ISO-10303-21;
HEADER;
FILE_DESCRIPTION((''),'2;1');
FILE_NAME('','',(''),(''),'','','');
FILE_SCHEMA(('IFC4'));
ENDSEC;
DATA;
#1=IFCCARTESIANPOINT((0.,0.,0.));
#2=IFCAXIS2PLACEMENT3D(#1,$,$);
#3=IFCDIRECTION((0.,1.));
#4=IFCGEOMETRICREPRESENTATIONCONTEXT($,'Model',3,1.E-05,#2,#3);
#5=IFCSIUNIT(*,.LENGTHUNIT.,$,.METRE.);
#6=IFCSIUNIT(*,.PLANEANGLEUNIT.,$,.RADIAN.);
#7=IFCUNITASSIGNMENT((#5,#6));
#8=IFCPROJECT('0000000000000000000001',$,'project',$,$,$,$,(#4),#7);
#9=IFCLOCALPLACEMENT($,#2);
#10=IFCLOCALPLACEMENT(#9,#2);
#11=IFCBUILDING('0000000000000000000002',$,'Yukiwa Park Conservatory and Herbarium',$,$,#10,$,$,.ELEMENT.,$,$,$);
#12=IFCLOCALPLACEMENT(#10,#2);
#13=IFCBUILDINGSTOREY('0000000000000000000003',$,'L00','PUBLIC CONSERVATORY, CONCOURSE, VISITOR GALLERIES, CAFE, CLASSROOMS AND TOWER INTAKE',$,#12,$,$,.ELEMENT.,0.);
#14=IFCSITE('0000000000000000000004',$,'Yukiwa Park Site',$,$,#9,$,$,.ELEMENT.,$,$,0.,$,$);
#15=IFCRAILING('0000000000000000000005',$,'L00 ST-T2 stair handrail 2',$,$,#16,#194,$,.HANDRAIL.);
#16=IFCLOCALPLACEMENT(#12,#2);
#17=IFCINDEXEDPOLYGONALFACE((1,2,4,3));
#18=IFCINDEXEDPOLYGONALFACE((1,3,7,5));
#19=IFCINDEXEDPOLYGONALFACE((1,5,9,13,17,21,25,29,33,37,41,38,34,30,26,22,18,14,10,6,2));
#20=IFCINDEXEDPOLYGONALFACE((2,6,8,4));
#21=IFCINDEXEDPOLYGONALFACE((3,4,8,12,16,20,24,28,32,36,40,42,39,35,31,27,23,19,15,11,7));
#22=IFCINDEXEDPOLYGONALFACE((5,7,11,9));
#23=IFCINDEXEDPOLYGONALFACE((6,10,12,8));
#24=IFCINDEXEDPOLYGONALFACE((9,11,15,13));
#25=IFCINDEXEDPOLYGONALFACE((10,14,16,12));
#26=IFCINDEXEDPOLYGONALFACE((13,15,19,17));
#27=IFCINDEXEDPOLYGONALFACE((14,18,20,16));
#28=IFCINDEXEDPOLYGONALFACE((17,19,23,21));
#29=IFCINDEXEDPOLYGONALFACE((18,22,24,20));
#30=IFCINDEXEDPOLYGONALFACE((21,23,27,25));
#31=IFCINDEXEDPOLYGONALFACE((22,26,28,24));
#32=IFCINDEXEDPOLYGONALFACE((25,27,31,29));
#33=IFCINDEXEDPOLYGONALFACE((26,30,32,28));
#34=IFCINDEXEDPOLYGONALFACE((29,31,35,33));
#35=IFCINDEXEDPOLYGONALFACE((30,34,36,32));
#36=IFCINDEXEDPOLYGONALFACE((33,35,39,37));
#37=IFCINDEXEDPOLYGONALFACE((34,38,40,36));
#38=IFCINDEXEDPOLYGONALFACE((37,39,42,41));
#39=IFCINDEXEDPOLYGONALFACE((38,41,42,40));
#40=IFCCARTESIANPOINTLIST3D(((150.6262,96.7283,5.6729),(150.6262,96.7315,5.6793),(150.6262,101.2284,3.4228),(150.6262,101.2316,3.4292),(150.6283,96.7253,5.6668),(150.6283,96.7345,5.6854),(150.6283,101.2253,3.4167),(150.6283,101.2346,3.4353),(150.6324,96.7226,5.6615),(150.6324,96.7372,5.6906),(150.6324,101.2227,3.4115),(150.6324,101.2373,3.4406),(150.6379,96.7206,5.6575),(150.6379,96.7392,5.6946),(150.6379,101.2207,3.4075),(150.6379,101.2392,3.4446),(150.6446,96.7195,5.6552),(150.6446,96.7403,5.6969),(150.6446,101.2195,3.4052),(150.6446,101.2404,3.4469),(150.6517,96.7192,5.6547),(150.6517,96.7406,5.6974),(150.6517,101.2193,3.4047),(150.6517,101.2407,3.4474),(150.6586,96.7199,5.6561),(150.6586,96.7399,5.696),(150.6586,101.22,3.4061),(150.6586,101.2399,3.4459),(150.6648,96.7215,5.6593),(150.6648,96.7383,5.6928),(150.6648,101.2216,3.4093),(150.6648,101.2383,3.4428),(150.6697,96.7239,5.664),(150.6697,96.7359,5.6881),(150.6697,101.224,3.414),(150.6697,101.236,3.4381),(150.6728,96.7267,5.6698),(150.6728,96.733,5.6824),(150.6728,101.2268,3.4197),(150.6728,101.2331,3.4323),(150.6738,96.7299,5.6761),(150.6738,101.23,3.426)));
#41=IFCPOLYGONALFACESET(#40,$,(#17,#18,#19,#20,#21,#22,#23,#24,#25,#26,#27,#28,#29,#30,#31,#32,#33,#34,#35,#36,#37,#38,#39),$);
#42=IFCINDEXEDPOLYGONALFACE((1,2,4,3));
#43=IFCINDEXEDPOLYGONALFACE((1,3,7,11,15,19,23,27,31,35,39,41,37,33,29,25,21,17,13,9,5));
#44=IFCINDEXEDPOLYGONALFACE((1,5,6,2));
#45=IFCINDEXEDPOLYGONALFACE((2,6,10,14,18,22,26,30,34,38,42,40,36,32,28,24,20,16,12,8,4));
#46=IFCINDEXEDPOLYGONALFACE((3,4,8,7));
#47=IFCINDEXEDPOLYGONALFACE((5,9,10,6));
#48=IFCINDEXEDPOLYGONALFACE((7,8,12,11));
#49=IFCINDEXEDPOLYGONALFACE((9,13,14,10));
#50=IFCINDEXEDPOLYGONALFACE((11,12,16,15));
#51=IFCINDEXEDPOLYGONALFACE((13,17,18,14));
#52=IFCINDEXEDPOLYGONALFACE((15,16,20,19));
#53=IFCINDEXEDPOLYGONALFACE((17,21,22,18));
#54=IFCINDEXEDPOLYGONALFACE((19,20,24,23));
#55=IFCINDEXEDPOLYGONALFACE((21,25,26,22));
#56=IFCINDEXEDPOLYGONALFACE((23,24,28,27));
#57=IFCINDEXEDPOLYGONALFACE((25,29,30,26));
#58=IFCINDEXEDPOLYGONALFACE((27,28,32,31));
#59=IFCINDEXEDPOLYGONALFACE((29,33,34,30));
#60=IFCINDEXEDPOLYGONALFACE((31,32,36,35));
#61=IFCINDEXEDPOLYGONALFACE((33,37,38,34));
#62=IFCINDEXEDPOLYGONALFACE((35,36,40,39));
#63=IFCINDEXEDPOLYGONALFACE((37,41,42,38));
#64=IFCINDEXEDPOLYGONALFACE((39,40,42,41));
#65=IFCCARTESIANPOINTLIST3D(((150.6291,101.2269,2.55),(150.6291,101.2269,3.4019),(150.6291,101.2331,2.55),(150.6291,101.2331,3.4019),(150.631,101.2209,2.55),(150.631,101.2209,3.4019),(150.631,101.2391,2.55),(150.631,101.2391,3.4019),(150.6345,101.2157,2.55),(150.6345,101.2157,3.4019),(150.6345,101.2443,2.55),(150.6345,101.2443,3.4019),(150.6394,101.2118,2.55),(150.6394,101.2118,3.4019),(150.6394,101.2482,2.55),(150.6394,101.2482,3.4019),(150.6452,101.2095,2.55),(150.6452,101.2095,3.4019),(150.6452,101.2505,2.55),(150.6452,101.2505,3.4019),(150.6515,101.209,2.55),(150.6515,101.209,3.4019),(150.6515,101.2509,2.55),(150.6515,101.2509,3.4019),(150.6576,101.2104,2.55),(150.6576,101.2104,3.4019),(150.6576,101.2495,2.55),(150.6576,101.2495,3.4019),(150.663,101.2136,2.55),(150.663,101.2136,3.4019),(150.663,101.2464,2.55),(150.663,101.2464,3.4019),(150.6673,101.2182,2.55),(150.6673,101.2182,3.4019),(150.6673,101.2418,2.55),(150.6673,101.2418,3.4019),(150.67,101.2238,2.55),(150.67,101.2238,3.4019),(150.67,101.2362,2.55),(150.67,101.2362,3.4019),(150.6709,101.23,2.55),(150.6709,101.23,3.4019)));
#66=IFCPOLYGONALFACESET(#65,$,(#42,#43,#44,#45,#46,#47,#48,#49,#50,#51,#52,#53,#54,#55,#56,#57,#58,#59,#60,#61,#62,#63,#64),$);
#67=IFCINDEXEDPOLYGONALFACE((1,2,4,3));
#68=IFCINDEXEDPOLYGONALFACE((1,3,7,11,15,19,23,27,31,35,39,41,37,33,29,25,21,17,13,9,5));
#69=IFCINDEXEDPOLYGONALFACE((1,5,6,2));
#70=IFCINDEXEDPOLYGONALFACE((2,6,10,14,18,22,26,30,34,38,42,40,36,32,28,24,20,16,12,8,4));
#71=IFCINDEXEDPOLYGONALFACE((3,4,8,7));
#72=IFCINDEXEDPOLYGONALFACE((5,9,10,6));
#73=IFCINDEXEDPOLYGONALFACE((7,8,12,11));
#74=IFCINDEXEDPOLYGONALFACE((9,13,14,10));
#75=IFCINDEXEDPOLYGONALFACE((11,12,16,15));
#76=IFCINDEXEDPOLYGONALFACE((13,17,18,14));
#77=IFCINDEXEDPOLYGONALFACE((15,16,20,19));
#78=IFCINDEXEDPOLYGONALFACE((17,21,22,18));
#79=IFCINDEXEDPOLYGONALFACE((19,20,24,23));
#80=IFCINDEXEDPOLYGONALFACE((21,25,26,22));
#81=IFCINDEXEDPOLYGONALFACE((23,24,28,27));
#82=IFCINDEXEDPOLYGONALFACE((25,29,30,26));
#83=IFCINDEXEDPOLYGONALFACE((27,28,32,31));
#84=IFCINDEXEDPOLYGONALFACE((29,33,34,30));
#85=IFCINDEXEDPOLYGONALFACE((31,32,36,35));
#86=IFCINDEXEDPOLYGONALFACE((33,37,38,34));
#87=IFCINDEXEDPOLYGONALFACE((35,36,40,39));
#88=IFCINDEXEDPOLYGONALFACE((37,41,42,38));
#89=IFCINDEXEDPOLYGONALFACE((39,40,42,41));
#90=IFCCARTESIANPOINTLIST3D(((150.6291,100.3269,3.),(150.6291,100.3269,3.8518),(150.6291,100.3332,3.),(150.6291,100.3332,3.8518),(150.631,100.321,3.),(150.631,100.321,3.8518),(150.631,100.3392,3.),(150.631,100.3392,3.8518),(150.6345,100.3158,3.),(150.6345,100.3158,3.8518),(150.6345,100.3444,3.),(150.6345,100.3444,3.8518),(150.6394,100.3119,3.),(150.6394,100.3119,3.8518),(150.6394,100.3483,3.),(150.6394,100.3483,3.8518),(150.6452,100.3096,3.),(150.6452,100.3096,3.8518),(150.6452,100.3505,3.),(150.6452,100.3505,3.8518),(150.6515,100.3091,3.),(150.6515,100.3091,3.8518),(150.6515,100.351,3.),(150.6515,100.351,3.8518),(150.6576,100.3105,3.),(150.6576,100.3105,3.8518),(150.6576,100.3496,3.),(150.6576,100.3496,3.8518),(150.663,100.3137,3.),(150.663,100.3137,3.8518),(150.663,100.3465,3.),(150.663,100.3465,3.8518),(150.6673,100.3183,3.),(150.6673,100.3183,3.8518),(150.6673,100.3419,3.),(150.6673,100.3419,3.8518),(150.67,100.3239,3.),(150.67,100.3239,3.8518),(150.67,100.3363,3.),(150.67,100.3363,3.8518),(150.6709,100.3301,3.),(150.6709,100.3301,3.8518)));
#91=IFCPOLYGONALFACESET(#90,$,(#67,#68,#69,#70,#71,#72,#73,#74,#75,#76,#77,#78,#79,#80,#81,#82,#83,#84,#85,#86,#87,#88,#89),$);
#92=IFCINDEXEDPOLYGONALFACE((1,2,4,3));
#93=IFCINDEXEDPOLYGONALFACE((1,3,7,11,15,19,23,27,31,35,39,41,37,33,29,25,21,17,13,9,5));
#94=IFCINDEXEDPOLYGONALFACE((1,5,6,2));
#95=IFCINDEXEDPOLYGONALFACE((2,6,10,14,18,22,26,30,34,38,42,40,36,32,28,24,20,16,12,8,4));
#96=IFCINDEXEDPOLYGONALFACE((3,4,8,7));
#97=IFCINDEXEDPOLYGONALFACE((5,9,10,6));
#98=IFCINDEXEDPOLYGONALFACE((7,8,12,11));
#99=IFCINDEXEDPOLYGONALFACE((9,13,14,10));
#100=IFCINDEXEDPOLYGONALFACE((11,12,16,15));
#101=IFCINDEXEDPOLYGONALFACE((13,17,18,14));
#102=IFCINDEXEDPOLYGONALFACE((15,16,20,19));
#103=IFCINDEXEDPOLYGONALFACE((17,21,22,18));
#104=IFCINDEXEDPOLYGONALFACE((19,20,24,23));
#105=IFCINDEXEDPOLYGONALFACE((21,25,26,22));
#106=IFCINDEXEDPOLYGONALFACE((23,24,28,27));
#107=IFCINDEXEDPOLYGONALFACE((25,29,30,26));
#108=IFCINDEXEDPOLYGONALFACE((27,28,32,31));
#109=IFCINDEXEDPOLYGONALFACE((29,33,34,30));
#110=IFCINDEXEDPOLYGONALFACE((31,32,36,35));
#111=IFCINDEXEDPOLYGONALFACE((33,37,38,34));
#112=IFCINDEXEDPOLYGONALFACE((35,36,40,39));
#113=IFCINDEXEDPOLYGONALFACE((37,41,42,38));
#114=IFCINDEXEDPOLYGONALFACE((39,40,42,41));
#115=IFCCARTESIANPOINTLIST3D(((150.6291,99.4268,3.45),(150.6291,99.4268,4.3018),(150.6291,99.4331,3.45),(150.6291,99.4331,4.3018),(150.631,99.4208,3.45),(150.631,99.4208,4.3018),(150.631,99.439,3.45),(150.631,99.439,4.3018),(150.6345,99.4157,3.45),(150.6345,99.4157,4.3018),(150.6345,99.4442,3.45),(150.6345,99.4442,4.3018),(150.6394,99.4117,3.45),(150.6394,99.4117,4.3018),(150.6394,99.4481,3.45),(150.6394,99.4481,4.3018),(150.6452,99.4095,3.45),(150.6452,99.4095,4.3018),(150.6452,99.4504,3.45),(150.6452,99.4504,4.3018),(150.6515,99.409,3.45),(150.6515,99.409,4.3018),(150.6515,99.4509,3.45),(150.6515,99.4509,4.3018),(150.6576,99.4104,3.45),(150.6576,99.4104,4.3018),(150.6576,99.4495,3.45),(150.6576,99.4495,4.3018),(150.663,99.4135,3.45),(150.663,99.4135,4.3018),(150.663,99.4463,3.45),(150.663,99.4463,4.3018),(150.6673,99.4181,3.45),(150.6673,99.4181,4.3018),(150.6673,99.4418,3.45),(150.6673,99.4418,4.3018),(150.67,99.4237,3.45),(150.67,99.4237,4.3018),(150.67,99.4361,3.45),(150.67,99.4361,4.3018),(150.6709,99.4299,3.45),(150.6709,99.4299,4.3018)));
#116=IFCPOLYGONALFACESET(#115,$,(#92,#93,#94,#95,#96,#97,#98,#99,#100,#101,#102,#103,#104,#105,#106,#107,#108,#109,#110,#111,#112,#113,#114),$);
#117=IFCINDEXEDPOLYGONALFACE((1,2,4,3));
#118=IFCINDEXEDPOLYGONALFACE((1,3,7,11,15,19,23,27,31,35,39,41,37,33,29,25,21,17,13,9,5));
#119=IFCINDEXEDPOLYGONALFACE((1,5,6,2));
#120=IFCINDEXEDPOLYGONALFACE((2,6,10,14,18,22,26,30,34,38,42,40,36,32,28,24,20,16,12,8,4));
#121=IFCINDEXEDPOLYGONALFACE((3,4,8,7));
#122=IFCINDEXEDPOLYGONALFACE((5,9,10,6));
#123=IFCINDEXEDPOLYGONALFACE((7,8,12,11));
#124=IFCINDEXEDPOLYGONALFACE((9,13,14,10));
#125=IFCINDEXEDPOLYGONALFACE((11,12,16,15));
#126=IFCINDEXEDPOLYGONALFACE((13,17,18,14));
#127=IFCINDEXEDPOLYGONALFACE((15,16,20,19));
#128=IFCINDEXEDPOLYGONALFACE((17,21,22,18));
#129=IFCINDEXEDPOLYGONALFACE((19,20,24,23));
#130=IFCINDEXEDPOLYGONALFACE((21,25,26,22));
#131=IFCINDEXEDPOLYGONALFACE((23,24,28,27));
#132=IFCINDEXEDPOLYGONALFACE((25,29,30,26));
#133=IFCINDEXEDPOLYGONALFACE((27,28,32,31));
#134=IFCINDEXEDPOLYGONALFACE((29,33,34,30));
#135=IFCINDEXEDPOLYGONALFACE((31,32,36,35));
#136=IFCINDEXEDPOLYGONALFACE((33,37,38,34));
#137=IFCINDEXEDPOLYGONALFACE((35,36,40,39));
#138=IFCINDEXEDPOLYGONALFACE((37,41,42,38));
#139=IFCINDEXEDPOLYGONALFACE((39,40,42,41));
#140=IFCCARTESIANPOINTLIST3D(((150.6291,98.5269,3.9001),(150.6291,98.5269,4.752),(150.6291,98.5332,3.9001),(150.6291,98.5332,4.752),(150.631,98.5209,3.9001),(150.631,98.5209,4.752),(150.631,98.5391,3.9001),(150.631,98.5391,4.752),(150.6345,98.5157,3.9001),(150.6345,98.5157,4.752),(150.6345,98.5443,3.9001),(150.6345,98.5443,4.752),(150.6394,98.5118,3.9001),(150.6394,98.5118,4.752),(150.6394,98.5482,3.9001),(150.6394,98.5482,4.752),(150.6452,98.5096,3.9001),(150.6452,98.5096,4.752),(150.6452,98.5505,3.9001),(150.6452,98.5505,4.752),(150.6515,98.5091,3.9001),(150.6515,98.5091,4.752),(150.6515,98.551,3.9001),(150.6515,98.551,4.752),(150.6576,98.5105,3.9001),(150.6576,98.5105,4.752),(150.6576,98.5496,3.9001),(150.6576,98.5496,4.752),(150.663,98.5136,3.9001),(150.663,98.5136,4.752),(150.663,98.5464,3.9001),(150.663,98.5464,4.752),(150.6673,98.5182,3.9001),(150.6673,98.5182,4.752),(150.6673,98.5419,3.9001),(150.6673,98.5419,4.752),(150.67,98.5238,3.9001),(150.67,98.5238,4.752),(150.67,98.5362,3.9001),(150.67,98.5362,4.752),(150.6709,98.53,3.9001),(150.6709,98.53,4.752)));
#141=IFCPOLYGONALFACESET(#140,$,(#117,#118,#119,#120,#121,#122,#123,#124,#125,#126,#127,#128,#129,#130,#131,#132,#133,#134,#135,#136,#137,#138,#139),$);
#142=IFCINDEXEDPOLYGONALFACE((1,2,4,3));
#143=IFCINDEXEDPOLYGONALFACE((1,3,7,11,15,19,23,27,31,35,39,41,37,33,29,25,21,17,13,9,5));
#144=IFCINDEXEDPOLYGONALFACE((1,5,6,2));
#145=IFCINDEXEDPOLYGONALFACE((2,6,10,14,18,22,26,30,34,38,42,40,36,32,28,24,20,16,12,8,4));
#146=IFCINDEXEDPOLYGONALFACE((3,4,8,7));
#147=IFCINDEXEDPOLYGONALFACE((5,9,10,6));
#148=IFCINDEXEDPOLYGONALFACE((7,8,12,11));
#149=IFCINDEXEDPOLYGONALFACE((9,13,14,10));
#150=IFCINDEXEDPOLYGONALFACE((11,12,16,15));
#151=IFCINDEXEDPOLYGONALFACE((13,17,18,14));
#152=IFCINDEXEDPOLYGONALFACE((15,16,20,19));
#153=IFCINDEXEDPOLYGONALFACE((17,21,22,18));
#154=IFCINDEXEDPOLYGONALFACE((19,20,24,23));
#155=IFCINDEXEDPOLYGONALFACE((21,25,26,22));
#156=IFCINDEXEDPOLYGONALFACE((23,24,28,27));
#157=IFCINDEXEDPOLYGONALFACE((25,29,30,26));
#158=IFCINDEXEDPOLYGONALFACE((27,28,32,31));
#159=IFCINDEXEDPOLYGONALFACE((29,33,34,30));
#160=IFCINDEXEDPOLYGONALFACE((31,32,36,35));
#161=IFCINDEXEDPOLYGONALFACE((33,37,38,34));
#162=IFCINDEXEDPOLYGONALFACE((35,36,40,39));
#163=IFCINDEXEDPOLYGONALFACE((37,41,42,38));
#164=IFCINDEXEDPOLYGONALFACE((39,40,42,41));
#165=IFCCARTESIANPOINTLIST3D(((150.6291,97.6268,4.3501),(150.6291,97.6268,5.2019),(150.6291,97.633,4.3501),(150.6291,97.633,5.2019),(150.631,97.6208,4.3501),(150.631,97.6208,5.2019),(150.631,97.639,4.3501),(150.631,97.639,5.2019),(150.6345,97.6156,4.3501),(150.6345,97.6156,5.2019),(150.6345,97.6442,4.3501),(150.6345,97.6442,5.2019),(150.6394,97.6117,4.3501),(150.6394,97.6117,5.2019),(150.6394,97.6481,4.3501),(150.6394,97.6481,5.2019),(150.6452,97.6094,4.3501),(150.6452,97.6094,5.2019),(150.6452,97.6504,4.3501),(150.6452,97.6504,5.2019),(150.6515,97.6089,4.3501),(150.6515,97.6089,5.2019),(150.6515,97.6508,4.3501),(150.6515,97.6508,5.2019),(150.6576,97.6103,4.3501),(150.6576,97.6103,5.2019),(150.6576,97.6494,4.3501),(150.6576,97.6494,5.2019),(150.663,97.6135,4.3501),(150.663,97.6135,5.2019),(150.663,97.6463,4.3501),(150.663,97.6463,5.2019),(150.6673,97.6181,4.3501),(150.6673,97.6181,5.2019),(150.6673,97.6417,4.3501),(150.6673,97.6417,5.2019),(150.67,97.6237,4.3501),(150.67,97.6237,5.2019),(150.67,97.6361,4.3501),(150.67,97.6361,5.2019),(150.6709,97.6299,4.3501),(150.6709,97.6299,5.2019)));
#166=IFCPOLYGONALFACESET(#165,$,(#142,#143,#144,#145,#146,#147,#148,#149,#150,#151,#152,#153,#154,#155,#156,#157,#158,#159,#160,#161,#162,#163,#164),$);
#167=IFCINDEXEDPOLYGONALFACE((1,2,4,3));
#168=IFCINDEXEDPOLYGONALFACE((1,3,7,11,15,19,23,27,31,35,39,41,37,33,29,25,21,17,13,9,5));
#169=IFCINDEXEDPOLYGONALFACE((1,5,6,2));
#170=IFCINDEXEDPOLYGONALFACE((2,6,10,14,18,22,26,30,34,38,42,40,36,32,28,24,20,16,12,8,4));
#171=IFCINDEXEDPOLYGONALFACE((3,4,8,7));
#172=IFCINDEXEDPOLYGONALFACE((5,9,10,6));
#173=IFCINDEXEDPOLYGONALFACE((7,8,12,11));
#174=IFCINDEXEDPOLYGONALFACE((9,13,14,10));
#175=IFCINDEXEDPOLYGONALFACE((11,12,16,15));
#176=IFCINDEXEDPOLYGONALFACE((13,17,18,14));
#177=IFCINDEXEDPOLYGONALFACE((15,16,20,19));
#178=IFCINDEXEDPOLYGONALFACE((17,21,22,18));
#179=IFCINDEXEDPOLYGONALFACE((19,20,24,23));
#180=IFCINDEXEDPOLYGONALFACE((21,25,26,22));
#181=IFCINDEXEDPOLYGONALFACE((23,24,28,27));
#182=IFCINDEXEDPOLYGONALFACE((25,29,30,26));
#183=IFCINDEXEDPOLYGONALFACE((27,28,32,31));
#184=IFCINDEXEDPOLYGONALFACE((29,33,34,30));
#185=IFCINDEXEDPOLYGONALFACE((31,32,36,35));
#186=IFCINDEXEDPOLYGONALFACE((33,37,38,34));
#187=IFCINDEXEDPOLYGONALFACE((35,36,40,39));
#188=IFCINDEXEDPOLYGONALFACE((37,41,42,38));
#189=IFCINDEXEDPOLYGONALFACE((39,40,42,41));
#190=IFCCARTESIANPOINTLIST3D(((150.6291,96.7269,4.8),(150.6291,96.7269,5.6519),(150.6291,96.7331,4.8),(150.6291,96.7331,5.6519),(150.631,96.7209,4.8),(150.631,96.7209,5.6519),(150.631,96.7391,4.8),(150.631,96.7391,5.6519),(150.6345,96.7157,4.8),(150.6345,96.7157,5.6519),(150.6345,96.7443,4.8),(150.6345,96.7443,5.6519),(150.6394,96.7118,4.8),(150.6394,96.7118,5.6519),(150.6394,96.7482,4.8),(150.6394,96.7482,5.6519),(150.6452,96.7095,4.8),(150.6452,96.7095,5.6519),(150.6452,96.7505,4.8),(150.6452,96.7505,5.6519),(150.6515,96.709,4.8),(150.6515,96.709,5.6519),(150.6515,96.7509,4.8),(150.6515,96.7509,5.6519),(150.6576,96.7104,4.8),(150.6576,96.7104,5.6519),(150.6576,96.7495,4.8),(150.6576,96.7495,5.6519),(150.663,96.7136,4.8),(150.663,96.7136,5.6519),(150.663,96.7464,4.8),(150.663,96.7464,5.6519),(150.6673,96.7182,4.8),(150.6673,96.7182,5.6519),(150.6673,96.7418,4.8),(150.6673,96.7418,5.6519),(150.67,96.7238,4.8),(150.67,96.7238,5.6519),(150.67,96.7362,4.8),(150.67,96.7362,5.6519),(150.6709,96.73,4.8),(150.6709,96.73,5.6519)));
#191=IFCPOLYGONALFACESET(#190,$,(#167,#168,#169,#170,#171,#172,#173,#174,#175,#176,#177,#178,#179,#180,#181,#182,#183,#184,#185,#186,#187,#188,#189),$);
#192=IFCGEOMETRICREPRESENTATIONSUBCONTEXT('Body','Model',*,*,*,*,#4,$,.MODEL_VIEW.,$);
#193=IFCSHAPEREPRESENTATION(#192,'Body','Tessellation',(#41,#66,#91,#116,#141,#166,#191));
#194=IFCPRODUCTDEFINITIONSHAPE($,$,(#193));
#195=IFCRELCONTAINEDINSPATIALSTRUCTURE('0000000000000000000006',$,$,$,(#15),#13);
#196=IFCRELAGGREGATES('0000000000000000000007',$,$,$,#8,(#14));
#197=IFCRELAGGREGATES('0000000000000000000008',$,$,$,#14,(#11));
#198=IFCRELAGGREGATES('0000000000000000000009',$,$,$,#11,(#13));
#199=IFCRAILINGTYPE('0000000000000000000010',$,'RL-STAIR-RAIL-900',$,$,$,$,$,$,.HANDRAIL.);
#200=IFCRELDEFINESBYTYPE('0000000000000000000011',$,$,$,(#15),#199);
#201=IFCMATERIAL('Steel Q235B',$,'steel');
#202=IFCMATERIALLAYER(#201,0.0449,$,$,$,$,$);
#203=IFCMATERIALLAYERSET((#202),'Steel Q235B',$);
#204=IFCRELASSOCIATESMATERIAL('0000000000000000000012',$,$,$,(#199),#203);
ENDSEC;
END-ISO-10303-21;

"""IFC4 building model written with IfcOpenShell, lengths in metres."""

from ifc_helpers import new_model, si_unit, direction, frame, origin, origin_2d, place, context, subcontext, project, spatial, circle, extrude, material, layer, layer_set, type_object, element, save


model = new_model("IFC4")

# Units and contexts
model_context = context("Model", 3, precision=1e-05, world=origin(), true_north=direction((0.0, 1.0)))
body_context = subcontext(model_context, "Body", "Model", "MODEL_VIEW")
ifc_project = project(units=[si_unit("LENGTHUNIT", "METRE"), si_unit("PLANEANGLEUNIT", "RADIAN")], contexts=[model_context])

# Site, building, storey
site_placement = place(None, origin())
site = spatial("IfcSite", under=ifc_project, at=site_placement, Name="Yukiwa Park Site", CompositionType="ELEMENT", RefElevation=0.0)
building_placement = place(site_placement, origin())
building = spatial("IfcBuilding", under=site, at=building_placement, Name="Yukiwa Park Conservatory and Herbarium", CompositionType="ELEMENT")
storey_placement = place(building_placement, origin())
storey = spatial("IfcBuildingStorey", under=building, at=storey_placement, Name="L00", Description="PUBLIC CONSERVATORY, CONCOURSE, VISITOR GALLERIES, CAFE, CLASSROOMS AND TOWER INTAKE", CompositionType="ELEMENT", Elevation=0.0)

# Railing
ifc_material_1 = material(Name="Steel Q235B", Category="steel")
ifc_layer_1 = layer(ifc_material_1, 0.0449)
ifc_layer_set_1 = layer_set([ifc_layer_1], Name="Steel Q235B")
railing_type_1 = type_object("IfcRailingType", Name="RL-STAIR-RAIL-900", PredefinedType="HANDRAIL", material=ifc_layer_set_1)
railing_1_placement = place(storey_placement, frame((150.6499, 101.23, 2.55)))
element("IfcRailing", 1, at=railing_1_placement, inside=storey, type_object=railing_type_1, Name="L00 ST-T2 stair handrail 2", PredefinedType="HANDRAIL", context=body_context, shape_type="SweptSolid", body=[
    extrude(circle(Radius=0.0239, at=origin_2d()), frame((0.0, 0.0, 0.876), z_axis=(0.0, -0.894427, 0.447214), x_axis=(1.0, 0.0, 0.0)), (0.0, 0.0, 1.0), 5.0312),
    extrude(circle(Radius=0.021, at=origin_2d()), origin(), (0.0, 0.0, 1.0), 0.8518),
    extrude(circle(Radius=0.021, at=origin_2d()), frame((0.0, -0.8999, 0.45)), (0.0, 0.0, 1.0), 0.8518),
    extrude(circle(Radius=0.021, at=origin_2d()), frame((0.0, -1.8, 0.8999)), (0.0, 0.0, 1.0), 0.8518),
    extrude(circle(Radius=0.021, at=origin_2d()), frame((0.0, -2.7, 1.3501)), (0.0, 0.0, 1.0), 0.8518),
    extrude(circle(Radius=0.021, at=origin_2d()), frame((0.0, -3.6001, 1.8)), (0.0, 0.0, 1.0), 0.8518),
    extrude(circle(Radius=0.021, at=origin_2d()), frame((0.0, -4.5, 2.25)), (0.0, 0.0, 1.0), 0.8518),
])

save(model, "model.ifc")
